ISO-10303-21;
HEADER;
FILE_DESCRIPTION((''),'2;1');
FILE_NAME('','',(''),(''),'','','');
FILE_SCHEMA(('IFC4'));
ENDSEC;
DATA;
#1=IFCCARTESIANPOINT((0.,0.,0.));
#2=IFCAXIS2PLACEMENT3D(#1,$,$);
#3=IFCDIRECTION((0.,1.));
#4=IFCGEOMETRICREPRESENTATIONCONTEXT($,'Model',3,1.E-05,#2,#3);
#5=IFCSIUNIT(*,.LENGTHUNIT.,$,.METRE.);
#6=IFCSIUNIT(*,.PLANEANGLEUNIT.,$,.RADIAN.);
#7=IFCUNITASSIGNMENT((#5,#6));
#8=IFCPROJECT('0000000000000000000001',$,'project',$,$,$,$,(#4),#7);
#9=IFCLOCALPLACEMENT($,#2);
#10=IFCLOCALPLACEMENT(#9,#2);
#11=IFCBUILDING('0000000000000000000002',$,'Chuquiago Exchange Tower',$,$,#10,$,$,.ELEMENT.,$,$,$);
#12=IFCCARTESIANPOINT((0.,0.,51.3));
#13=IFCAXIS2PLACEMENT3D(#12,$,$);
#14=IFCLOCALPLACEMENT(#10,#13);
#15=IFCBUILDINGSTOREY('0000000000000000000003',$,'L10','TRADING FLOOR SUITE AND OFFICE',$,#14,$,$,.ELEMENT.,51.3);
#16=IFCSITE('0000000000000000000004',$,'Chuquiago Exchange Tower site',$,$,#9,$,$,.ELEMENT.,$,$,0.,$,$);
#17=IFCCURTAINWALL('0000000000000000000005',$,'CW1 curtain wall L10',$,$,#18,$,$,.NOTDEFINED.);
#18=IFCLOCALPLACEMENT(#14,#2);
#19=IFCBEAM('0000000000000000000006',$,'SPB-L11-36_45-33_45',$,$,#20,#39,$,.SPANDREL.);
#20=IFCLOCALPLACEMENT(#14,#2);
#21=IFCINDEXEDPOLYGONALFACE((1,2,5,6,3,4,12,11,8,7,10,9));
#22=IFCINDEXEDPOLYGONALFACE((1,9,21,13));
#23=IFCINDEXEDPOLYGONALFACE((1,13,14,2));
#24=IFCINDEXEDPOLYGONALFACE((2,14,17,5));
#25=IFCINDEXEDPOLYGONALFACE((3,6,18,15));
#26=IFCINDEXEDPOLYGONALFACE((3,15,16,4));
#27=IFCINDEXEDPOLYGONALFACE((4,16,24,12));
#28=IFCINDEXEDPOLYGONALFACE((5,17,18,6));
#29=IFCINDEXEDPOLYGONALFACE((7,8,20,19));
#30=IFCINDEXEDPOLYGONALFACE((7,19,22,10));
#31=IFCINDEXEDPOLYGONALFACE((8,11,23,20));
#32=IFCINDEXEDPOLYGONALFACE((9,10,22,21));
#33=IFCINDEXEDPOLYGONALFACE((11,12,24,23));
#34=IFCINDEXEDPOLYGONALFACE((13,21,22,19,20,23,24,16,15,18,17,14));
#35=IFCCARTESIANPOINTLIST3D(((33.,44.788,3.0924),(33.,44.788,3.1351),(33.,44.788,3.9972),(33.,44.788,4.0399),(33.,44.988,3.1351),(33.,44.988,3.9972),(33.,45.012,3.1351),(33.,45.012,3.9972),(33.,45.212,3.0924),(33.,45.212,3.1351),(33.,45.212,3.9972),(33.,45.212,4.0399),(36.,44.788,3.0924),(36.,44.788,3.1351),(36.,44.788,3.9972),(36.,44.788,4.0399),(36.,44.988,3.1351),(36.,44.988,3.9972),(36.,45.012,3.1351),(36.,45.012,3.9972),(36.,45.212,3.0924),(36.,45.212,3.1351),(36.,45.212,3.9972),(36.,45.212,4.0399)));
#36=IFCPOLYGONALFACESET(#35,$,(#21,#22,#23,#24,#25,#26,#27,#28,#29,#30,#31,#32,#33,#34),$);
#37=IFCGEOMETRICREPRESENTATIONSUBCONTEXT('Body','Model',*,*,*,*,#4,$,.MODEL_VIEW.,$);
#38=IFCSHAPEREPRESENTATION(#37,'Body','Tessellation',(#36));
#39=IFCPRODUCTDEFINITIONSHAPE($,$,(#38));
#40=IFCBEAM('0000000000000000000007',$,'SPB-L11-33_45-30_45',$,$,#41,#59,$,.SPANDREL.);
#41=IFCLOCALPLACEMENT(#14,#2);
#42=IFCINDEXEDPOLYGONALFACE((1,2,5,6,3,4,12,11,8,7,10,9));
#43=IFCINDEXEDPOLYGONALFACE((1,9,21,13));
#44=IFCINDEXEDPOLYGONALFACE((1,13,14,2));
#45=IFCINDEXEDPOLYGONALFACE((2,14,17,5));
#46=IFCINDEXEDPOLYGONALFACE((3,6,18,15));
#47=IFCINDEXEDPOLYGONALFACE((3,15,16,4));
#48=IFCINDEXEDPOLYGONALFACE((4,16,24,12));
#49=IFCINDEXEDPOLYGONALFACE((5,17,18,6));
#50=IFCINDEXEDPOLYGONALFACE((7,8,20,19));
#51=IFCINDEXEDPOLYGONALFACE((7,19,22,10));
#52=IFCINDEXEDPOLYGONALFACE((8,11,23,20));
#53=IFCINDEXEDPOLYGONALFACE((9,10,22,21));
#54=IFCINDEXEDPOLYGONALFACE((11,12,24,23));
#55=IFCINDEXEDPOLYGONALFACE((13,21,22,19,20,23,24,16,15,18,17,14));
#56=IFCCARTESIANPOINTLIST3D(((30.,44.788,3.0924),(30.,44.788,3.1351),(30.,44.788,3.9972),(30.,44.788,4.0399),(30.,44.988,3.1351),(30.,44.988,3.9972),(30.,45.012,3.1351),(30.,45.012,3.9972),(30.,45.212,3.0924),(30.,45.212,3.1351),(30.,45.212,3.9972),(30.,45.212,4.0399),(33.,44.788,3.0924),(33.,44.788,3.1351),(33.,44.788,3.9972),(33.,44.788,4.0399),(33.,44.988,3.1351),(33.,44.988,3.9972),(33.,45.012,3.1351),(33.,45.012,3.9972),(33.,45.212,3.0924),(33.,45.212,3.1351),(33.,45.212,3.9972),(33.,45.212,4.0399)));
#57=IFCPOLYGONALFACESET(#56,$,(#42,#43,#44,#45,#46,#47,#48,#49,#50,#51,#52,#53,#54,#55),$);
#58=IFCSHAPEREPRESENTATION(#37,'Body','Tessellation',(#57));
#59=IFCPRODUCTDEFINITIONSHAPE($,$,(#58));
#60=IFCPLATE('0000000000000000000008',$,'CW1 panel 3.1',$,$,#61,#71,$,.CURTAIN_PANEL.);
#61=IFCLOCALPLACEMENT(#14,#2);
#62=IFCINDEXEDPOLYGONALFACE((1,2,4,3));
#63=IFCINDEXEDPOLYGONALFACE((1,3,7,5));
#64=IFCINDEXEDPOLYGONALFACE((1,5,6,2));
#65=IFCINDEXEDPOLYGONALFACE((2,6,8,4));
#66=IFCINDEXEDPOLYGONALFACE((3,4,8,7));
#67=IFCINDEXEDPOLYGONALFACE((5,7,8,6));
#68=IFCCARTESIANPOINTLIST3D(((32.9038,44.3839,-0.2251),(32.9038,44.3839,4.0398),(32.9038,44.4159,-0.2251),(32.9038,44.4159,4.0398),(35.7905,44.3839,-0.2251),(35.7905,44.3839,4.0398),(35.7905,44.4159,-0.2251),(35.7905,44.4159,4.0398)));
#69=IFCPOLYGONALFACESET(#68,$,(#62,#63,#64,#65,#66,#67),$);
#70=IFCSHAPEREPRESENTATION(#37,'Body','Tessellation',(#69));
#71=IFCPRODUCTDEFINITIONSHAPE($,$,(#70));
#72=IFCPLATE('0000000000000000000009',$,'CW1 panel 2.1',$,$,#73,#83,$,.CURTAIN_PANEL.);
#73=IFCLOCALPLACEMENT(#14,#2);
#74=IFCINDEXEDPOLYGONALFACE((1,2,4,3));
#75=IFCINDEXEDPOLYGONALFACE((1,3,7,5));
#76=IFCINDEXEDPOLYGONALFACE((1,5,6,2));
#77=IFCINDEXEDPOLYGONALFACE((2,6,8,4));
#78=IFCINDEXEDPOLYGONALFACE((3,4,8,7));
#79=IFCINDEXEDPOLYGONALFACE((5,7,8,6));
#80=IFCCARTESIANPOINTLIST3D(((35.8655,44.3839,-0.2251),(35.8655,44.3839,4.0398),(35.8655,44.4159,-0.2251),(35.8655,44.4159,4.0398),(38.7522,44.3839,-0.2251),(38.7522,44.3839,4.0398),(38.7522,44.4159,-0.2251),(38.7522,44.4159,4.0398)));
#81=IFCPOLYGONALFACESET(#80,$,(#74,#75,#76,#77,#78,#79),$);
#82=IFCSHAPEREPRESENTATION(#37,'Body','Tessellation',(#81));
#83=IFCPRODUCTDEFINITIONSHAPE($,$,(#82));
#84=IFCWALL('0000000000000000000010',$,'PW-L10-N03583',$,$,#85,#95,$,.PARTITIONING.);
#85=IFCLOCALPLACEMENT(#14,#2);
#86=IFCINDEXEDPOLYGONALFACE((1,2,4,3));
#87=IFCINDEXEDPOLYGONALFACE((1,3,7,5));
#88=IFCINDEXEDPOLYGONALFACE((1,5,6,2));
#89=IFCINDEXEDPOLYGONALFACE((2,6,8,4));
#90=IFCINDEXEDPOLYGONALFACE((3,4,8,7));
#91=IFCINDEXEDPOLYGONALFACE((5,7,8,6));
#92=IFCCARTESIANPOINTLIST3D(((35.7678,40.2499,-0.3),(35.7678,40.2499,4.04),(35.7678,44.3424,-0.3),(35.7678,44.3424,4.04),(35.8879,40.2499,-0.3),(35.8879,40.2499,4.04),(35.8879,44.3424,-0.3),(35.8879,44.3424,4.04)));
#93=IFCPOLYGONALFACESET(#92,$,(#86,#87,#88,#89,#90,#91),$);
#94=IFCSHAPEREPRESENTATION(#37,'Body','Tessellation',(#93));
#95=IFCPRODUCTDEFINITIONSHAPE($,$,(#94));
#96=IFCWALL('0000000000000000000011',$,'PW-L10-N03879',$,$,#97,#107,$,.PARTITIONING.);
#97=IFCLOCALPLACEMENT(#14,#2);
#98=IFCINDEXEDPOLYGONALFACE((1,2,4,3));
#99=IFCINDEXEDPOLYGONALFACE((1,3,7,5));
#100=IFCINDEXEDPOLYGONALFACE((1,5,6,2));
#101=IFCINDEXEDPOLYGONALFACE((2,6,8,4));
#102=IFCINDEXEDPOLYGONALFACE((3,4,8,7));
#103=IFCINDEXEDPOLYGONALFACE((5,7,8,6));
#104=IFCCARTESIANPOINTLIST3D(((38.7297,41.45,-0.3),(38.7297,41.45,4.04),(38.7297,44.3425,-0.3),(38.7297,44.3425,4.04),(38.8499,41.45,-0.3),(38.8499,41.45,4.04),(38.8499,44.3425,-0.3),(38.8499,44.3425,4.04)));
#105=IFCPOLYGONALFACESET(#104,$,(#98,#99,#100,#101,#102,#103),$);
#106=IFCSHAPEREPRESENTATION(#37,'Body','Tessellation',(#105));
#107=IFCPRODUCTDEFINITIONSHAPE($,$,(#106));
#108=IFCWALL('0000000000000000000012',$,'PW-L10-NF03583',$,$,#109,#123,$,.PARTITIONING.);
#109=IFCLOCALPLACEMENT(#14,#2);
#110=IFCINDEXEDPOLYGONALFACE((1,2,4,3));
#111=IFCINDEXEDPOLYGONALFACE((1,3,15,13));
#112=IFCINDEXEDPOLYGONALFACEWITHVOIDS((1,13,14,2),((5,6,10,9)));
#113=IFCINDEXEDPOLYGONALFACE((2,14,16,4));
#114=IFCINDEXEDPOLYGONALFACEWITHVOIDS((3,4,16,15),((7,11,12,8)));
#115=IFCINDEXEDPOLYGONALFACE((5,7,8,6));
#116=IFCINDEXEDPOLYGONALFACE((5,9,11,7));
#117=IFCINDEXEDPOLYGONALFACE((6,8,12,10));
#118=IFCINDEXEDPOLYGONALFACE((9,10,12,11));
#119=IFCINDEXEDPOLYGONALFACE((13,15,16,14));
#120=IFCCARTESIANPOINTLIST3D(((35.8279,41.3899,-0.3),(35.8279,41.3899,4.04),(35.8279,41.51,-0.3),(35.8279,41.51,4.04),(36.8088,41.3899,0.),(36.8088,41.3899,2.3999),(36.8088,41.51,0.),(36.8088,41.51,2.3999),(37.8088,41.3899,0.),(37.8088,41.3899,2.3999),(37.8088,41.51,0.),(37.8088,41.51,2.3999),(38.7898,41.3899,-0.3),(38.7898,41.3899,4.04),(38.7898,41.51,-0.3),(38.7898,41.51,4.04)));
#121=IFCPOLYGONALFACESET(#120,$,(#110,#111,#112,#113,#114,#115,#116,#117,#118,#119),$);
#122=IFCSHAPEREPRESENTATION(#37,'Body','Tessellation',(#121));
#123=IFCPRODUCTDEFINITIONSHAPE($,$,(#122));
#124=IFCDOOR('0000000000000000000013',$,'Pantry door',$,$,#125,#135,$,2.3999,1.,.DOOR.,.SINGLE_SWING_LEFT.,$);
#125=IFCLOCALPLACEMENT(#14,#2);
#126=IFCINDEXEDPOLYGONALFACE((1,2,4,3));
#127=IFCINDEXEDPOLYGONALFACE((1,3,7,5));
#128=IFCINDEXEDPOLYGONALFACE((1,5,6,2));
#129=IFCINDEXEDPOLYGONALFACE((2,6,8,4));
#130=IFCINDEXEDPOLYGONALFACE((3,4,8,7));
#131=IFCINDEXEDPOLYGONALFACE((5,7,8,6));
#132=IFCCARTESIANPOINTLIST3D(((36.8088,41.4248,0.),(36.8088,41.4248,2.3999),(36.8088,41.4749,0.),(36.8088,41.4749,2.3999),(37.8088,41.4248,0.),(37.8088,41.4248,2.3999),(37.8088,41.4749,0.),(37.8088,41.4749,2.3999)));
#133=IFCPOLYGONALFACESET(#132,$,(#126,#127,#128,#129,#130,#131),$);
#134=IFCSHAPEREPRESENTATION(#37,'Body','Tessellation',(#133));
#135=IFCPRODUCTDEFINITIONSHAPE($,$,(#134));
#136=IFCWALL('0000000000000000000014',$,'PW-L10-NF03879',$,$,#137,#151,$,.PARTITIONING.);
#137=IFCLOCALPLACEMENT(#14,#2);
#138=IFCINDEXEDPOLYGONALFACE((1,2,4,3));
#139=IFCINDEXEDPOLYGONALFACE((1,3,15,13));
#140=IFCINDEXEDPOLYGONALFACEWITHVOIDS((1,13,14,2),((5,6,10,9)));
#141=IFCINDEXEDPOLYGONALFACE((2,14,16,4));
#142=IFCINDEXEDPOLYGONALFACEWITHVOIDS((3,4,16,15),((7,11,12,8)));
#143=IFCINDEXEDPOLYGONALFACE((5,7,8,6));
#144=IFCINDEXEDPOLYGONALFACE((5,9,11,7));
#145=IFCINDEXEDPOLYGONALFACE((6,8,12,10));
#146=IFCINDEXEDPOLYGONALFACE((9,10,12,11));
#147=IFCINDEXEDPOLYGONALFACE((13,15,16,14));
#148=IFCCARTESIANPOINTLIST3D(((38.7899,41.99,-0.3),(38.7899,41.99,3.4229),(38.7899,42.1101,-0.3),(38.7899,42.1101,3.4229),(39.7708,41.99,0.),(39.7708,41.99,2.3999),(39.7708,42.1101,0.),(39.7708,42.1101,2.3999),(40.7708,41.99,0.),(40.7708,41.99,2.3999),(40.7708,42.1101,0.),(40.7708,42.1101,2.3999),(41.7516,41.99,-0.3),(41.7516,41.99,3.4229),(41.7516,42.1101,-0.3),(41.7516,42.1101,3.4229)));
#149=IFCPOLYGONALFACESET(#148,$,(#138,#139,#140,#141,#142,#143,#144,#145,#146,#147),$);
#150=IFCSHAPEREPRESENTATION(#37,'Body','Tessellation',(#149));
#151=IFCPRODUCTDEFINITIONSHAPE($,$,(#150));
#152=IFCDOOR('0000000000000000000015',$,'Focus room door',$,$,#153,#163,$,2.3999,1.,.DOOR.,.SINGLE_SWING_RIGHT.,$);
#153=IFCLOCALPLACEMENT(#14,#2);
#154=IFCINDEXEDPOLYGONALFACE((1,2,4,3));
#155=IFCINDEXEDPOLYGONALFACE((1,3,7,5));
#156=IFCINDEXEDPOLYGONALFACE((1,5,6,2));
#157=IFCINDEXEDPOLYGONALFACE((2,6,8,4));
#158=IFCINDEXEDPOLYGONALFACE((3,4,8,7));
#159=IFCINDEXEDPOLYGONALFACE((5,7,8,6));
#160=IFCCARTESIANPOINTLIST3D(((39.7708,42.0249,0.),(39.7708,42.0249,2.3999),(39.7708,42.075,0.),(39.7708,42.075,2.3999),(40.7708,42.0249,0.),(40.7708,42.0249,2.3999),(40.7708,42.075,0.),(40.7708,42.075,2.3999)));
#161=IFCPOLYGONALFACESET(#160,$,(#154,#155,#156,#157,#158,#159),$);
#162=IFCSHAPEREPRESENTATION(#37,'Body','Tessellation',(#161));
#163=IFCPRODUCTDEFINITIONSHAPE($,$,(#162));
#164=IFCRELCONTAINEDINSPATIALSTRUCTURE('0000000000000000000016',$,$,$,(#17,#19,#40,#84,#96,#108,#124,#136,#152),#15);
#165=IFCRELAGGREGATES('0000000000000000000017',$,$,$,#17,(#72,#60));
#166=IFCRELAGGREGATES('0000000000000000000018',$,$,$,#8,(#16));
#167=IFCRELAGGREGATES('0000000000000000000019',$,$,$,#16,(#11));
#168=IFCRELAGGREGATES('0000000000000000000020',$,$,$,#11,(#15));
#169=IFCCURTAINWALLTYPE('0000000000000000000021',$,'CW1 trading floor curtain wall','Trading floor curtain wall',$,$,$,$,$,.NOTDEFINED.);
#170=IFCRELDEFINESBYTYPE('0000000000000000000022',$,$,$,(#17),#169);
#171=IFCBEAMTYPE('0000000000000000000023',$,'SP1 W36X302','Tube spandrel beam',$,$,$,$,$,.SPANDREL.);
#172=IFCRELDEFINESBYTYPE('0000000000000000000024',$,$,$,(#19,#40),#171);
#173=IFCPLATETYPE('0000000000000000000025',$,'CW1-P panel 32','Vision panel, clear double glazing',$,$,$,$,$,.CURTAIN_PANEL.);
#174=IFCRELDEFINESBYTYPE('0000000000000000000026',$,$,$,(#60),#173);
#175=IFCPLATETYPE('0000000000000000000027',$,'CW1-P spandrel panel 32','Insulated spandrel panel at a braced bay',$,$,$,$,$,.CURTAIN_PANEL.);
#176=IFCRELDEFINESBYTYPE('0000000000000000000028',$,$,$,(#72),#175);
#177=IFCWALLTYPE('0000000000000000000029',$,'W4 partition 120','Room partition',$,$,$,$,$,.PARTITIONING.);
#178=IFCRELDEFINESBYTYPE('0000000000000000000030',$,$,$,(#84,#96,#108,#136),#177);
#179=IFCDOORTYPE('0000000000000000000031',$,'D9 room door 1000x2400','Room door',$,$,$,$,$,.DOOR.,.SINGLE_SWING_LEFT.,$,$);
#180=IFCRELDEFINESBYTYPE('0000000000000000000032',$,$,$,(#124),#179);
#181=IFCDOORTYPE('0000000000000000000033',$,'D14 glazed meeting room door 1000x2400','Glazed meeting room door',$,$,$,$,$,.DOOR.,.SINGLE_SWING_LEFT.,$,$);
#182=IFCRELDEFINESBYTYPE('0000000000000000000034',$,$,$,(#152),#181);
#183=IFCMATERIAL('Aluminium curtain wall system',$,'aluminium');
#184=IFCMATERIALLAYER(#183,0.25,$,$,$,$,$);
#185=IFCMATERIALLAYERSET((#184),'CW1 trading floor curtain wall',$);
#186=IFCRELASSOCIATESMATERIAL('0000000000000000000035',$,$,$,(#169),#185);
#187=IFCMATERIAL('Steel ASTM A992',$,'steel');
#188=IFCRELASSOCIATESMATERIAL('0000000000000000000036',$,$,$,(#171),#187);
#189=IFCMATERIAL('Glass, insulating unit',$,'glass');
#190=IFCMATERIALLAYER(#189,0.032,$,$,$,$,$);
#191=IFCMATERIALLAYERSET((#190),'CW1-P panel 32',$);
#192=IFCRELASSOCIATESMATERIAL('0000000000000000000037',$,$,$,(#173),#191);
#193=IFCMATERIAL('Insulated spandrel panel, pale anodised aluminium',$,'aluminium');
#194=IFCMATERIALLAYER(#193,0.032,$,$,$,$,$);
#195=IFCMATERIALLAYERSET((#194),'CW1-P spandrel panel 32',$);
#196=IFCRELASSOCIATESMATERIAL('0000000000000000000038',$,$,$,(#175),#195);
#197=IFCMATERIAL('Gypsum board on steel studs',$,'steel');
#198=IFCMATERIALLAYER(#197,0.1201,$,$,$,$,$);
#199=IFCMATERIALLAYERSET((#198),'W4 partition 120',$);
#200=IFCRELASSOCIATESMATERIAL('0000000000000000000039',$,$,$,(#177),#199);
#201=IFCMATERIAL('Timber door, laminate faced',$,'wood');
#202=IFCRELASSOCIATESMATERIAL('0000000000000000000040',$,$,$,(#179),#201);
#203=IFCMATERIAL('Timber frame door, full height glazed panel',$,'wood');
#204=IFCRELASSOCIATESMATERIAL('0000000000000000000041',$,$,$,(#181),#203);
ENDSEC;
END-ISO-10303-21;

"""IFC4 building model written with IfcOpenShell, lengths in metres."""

from ifc_helpers import new_model, si_unit, direction, frame, frame_2d, origin, origin_2d, place, context, subcontext, project, spatial, rectangle, i_section, extrude, material, layer, layer_set, material_profile, profile_set, type_object, element, fill, aggregate, save


model = new_model("IFC4")

# Units and contexts
model_context = context("Model", 3, precision=1e-05, world=origin(), true_north=direction((0.0, 1.0)))
body_context = subcontext(model_context, "Body", "Model", "MODEL_VIEW")
ifc_project = project(units=[si_unit("LENGTHUNIT", "METRE"), si_unit("PLANEANGLEUNIT", "RADIAN")], contexts=[model_context])

# Site, building, storey
site_placement = place(None, origin())
site = spatial("IfcSite", under=ifc_project, at=site_placement, Name="Chuquiago Exchange Tower site", CompositionType="ELEMENT", RefElevation=0.0)
building_placement = place(site_placement, origin())
building = spatial("IfcBuilding", under=site, at=building_placement, Name="Chuquiago Exchange Tower", CompositionType="ELEMENT")
storey_placement = place(building_placement, frame((0.0, 0.0, 51.3)))
storey = spatial("IfcBuildingStorey", under=building, at=storey_placement, Name="L10", Description="TRADING FLOOR SUITE AND OFFICE", CompositionType="ELEMENT", Elevation=51.3)

# Curtain wall
ifc_material_1 = material(Name="Aluminium curtain wall system", Category="aluminium")
ifc_layer_1 = layer(ifc_material_1, 0.25)
ifc_layer_set_1 = layer_set([ifc_layer_1], Name="CW1 trading floor curtain wall")
curtain_wall_type = type_object("IfcCurtainWallType", Name="CW1 trading floor curtain wall", Description="Trading floor curtain wall", PredefinedType="NOTDEFINED", material=ifc_layer_set_1)
curtain_wall_placement = place(storey_placement, origin())
curtain_wall = element("IfcCurtainWall", 1, at=curtain_wall_placement, inside=storey, type_object=curtain_wall_type, Name="CW1 curtain wall L10", PredefinedType="NOTDEFINED")

# Beams
ifc_material_2 = material(Name="Steel ASTM A992", Category="steel")
ifc_material_profile_1 = material_profile(ifc_material_2, i_section(OverallWidth=0.4241, OverallDepth=0.9475, WebThickness=0.0239, FlangeThickness=0.0427, at=origin_2d()), Name="W36X302")
ifc_profile_set_1 = profile_set([ifc_material_profile_1], Name="Steel ASTM A992")
beam_type_1 = type_object("IfcBeamType", Name="SP1 W36X302", Description="Tube spandrel beam", PredefinedType="SPANDREL", material=ifc_profile_set_1)
for number, where, z_axis, x_axis, name in (
    (2, (36.0, 45.0, 3.5662), (-1.0, 0.0, 0.0), (0.0, -1.0, 0.0), "SPB-L11-36_45-33_45"),
    (3, (33.0, 45.0, 3.5662), (-1.0, 0.0, 0.0), (0.0, -1.0, 0.0), "SPB-L11-33_45-30_45"),
):
    element("IfcBeam", number, at=place(storey_placement, frame(where, z_axis=z_axis, x_axis=x_axis)), inside=storey, type_object=beam_type_1, Name=name, PredefinedType="SPANDREL", context=body_context, shape_type="SweptSolid", body=[
        extrude(i_section(OverallWidth=0.4241, OverallDepth=0.9475, WebThickness=0.0239, FlangeThickness=0.0427, at=origin_2d()), origin(), (0.0, 0.0, 1.0), 3.0),
    ])

# Plates
ifc_material_3 = material(Name="Glass, insulating unit", Category="glass")
ifc_layer_2 = layer(ifc_material_3, 0.032)
ifc_layer_set_2 = layer_set([ifc_layer_2], Name="CW1-P panel 32")
plate_type_1 = type_object("IfcPlateType", Name="CW1-P panel 32", Description="Vision panel, clear double glazing", PredefinedType="CURTAIN_PANEL", material=ifc_layer_set_2)
plate_1_placement = place(storey_placement, frame((34.3472, 44.3999, -0.2251), z_axis=(0.0, 0.0, 1.0), x_axis=(-1.0, 0.0, 0.0)))
plate_1 = element("IfcPlate", 4, at=plate_1_placement, type_object=plate_type_1, Name="CW1 panel 3.1", PredefinedType="CURTAIN_PANEL", context=body_context, shape_type="SweptSolid", body=[
    extrude(rectangle(XDim=2.8867, YDim=0.032, at=origin_2d()), origin(), (0.0, 0.0, 1.0), 4.2649),
])
ifc_material_4 = material(Name="Insulated spandrel panel, pale anodised aluminium", Category="aluminium")
ifc_layer_3 = layer(ifc_material_4, 0.032)
ifc_layer_set_3 = layer_set([ifc_layer_3], Name="CW1-P spandrel panel 32")
plate_type_2 = type_object("IfcPlateType", Name="CW1-P spandrel panel 32", Description="Insulated spandrel panel at a braced bay", PredefinedType="CURTAIN_PANEL", material=ifc_layer_set_3)
plate_2_placement = place(storey_placement, frame((37.3088, 44.3999, -0.2251), z_axis=(0.0, 0.0, 1.0), x_axis=(-1.0, 0.0, 0.0)))
plate_2 = element("IfcPlate", 5, at=plate_2_placement, type_object=plate_type_2, Name="CW1 panel 2.1", PredefinedType="CURTAIN_PANEL", context=body_context, shape_type="SweptSolid", body=[
    extrude(rectangle(XDim=2.8867, YDim=0.032, at=origin_2d()), origin(), (0.0, 0.0, 1.0), 4.2649),
])
aggregate(curtain_wall, [plate_2, plate_1])

# Walls
ifc_material_5 = material(Name="Gypsum board on steel studs", Category="steel")
ifc_layer_4 = layer(ifc_material_5, 0.1201)
ifc_layer_set_4 = layer_set([ifc_layer_4], Name="W4 partition 120")
wall_type = type_object("IfcWallType", Name="W4 partition 120", Description="Room partition", PredefinedType="PARTITIONING", material=ifc_layer_set_4)
wall_1_placement = place(storey_placement, frame((35.8279, 44.3425, -0.3), z_axis=(0.0, 0.0, 1.0), x_axis=(0.0, -1.0, 0.0)))
element("IfcWall", 6, at=wall_1_placement, inside=storey, type_object=wall_type, Name="PW-L10-N03583", PredefinedType="PARTITIONING", context=body_context, shape_type="SweptSolid", body=[
    extrude(rectangle(XDim=4.0925, YDim=0.1201, at=frame_2d((2.0464, 0.0))), origin(), (0.0, 0.0, 1.0), 4.3401),
])
wall_2_placement = place(storey_placement, frame((38.7898, 44.3425, -0.3), z_axis=(0.0, 0.0, 1.0), x_axis=(0.0, -1.0, 0.0)))
element("IfcWall", 7, at=wall_2_placement, inside=storey, type_object=wall_type, Name="PW-L10-N03879", PredefinedType="PARTITIONING", context=body_context, shape_type="SweptSolid", body=[
    extrude(rectangle(XDim=2.8926, YDim=0.1201, at=frame_2d((1.4463, 0.0))), origin(), (0.0, 0.0, 1.0), 4.3401),
])

# Walls, openings, doors
wall_3_placement = place(storey_placement, frame((35.8279, 41.45, -0.3), z_axis=(0.0, 0.0, 1.0), x_axis=(1.0, 0.0, 0.0)))
wall_3 = element("IfcWall", 8, at=wall_3_placement, inside=storey, type_object=wall_type, Name="PW-L10-NF03583", PredefinedType="PARTITIONING", context=body_context, shape_type="SweptSolid", body=[
    extrude(rectangle(XDim=2.9619, YDim=0.1201, at=frame_2d((1.481, 0.0))), origin(), (0.0, 0.0, 1.0), 4.3401),
])
opening_1_placement = place(wall_3_placement, frame((0.981, 0.0, 0.3)))
opening_1 = element("IfcOpeningElement", 9, at=opening_1_placement, cuts=wall_3, PredefinedType="OPENING", context=body_context, shape_type="SweptSolid", body=[
    extrude(rectangle(XDim=1.0, YDim=2.3999, at=frame_2d((0.5, 1.2))), frame((0.0, 0.0701, 0.0), z_axis=(0.0, -1.0, 0.0), x_axis=(1.0, 0.0, 0.0)), (0.0, 0.0, 1.0), 0.1401),
])
ifc_material_6 = material(Name="Timber door, laminate faced", Category="wood")
door_type_1 = type_object("IfcDoorType", Name="D9 room door 1000x2400", Description="Room door", OperationType="SINGLE_SWING_LEFT", PredefinedType="DOOR", material=ifc_material_6)
door_1_placement = place(opening_1_placement, origin())
door_1 = element("IfcDoor", 10, at=door_1_placement, inside=storey, type_object=door_type_1, Name="Pantry door", OperationType="SINGLE_SWING_LEFT", OverallHeight=2.3999, OverallWidth=1.0, PredefinedType="DOOR", context=body_context, shape_type="SweptSolid", body=[
    extrude(rectangle(XDim=1.0, YDim=2.3999, at=frame_2d((0.5, 1.2))), frame((0.0, 0.0249, 0.0), z_axis=(0.0, -1.0, 0.0), x_axis=(1.0, 0.0, 0.0)), (0.0, 0.0, 1.0), 0.05),
])
fill(opening_1, door_1)
wall_4_placement = place(storey_placement, frame((38.7898, 42.05, -0.3), z_axis=(0.0, 0.0, 1.0), x_axis=(1.0, 0.0, 0.0)))
wall_4 = element("IfcWall", 11, at=wall_4_placement, inside=storey, type_object=wall_type, Name="PW-L10-NF03879", PredefinedType="PARTITIONING", context=body_context, shape_type="SweptSolid", body=[
    extrude(rectangle(XDim=2.9617, YDim=0.1201, at=frame_2d((1.481, 0.0))), origin(), (0.0, 0.0, 1.0), 3.7229),
])
opening_2_placement = place(wall_4_placement, frame((0.981, 0.0, 0.3)))
opening_2 = element("IfcOpeningElement", 12, at=opening_2_placement, cuts=wall_4, PredefinedType="OPENING", context=body_context, shape_type="SweptSolid", body=[
    extrude(rectangle(XDim=1.0, YDim=2.3999, at=frame_2d((0.5, 1.2))), frame((0.0, 0.0701, 0.0), z_axis=(0.0, -1.0, 0.0), x_axis=(1.0, 0.0, 0.0)), (0.0, 0.0, 1.0), 0.1401),
])
ifc_material_7 = material(Name="Timber frame door, full height glazed panel", Category="wood")
door_type_2 = type_object("IfcDoorType", Name="D14 glazed meeting room door 1000x2400", Description="Glazed meeting room door", OperationType="SINGLE_SWING_LEFT", PredefinedType="DOOR", material=ifc_material_7)
door_2_placement = place(opening_2_placement, origin())
door_2 = element("IfcDoor", 13, at=door_2_placement, inside=storey, type_object=door_type_2, Name="Focus room door", OperationType="SINGLE_SWING_RIGHT", OverallHeight=2.3999, OverallWidth=1.0, PredefinedType="DOOR", context=body_context, shape_type="SweptSolid", body=[
    extrude(rectangle(XDim=1.0, YDim=2.3999, at=frame_2d((0.5, 1.2))), frame((0.0, 0.0249, 0.0), z_axis=(0.0, -1.0, 0.0), x_axis=(1.0, 0.0, 0.0)), (0.0, 0.0, 1.0), 0.05),
])
fill(opening_2, door_2)

save(model, "model.ifc")
